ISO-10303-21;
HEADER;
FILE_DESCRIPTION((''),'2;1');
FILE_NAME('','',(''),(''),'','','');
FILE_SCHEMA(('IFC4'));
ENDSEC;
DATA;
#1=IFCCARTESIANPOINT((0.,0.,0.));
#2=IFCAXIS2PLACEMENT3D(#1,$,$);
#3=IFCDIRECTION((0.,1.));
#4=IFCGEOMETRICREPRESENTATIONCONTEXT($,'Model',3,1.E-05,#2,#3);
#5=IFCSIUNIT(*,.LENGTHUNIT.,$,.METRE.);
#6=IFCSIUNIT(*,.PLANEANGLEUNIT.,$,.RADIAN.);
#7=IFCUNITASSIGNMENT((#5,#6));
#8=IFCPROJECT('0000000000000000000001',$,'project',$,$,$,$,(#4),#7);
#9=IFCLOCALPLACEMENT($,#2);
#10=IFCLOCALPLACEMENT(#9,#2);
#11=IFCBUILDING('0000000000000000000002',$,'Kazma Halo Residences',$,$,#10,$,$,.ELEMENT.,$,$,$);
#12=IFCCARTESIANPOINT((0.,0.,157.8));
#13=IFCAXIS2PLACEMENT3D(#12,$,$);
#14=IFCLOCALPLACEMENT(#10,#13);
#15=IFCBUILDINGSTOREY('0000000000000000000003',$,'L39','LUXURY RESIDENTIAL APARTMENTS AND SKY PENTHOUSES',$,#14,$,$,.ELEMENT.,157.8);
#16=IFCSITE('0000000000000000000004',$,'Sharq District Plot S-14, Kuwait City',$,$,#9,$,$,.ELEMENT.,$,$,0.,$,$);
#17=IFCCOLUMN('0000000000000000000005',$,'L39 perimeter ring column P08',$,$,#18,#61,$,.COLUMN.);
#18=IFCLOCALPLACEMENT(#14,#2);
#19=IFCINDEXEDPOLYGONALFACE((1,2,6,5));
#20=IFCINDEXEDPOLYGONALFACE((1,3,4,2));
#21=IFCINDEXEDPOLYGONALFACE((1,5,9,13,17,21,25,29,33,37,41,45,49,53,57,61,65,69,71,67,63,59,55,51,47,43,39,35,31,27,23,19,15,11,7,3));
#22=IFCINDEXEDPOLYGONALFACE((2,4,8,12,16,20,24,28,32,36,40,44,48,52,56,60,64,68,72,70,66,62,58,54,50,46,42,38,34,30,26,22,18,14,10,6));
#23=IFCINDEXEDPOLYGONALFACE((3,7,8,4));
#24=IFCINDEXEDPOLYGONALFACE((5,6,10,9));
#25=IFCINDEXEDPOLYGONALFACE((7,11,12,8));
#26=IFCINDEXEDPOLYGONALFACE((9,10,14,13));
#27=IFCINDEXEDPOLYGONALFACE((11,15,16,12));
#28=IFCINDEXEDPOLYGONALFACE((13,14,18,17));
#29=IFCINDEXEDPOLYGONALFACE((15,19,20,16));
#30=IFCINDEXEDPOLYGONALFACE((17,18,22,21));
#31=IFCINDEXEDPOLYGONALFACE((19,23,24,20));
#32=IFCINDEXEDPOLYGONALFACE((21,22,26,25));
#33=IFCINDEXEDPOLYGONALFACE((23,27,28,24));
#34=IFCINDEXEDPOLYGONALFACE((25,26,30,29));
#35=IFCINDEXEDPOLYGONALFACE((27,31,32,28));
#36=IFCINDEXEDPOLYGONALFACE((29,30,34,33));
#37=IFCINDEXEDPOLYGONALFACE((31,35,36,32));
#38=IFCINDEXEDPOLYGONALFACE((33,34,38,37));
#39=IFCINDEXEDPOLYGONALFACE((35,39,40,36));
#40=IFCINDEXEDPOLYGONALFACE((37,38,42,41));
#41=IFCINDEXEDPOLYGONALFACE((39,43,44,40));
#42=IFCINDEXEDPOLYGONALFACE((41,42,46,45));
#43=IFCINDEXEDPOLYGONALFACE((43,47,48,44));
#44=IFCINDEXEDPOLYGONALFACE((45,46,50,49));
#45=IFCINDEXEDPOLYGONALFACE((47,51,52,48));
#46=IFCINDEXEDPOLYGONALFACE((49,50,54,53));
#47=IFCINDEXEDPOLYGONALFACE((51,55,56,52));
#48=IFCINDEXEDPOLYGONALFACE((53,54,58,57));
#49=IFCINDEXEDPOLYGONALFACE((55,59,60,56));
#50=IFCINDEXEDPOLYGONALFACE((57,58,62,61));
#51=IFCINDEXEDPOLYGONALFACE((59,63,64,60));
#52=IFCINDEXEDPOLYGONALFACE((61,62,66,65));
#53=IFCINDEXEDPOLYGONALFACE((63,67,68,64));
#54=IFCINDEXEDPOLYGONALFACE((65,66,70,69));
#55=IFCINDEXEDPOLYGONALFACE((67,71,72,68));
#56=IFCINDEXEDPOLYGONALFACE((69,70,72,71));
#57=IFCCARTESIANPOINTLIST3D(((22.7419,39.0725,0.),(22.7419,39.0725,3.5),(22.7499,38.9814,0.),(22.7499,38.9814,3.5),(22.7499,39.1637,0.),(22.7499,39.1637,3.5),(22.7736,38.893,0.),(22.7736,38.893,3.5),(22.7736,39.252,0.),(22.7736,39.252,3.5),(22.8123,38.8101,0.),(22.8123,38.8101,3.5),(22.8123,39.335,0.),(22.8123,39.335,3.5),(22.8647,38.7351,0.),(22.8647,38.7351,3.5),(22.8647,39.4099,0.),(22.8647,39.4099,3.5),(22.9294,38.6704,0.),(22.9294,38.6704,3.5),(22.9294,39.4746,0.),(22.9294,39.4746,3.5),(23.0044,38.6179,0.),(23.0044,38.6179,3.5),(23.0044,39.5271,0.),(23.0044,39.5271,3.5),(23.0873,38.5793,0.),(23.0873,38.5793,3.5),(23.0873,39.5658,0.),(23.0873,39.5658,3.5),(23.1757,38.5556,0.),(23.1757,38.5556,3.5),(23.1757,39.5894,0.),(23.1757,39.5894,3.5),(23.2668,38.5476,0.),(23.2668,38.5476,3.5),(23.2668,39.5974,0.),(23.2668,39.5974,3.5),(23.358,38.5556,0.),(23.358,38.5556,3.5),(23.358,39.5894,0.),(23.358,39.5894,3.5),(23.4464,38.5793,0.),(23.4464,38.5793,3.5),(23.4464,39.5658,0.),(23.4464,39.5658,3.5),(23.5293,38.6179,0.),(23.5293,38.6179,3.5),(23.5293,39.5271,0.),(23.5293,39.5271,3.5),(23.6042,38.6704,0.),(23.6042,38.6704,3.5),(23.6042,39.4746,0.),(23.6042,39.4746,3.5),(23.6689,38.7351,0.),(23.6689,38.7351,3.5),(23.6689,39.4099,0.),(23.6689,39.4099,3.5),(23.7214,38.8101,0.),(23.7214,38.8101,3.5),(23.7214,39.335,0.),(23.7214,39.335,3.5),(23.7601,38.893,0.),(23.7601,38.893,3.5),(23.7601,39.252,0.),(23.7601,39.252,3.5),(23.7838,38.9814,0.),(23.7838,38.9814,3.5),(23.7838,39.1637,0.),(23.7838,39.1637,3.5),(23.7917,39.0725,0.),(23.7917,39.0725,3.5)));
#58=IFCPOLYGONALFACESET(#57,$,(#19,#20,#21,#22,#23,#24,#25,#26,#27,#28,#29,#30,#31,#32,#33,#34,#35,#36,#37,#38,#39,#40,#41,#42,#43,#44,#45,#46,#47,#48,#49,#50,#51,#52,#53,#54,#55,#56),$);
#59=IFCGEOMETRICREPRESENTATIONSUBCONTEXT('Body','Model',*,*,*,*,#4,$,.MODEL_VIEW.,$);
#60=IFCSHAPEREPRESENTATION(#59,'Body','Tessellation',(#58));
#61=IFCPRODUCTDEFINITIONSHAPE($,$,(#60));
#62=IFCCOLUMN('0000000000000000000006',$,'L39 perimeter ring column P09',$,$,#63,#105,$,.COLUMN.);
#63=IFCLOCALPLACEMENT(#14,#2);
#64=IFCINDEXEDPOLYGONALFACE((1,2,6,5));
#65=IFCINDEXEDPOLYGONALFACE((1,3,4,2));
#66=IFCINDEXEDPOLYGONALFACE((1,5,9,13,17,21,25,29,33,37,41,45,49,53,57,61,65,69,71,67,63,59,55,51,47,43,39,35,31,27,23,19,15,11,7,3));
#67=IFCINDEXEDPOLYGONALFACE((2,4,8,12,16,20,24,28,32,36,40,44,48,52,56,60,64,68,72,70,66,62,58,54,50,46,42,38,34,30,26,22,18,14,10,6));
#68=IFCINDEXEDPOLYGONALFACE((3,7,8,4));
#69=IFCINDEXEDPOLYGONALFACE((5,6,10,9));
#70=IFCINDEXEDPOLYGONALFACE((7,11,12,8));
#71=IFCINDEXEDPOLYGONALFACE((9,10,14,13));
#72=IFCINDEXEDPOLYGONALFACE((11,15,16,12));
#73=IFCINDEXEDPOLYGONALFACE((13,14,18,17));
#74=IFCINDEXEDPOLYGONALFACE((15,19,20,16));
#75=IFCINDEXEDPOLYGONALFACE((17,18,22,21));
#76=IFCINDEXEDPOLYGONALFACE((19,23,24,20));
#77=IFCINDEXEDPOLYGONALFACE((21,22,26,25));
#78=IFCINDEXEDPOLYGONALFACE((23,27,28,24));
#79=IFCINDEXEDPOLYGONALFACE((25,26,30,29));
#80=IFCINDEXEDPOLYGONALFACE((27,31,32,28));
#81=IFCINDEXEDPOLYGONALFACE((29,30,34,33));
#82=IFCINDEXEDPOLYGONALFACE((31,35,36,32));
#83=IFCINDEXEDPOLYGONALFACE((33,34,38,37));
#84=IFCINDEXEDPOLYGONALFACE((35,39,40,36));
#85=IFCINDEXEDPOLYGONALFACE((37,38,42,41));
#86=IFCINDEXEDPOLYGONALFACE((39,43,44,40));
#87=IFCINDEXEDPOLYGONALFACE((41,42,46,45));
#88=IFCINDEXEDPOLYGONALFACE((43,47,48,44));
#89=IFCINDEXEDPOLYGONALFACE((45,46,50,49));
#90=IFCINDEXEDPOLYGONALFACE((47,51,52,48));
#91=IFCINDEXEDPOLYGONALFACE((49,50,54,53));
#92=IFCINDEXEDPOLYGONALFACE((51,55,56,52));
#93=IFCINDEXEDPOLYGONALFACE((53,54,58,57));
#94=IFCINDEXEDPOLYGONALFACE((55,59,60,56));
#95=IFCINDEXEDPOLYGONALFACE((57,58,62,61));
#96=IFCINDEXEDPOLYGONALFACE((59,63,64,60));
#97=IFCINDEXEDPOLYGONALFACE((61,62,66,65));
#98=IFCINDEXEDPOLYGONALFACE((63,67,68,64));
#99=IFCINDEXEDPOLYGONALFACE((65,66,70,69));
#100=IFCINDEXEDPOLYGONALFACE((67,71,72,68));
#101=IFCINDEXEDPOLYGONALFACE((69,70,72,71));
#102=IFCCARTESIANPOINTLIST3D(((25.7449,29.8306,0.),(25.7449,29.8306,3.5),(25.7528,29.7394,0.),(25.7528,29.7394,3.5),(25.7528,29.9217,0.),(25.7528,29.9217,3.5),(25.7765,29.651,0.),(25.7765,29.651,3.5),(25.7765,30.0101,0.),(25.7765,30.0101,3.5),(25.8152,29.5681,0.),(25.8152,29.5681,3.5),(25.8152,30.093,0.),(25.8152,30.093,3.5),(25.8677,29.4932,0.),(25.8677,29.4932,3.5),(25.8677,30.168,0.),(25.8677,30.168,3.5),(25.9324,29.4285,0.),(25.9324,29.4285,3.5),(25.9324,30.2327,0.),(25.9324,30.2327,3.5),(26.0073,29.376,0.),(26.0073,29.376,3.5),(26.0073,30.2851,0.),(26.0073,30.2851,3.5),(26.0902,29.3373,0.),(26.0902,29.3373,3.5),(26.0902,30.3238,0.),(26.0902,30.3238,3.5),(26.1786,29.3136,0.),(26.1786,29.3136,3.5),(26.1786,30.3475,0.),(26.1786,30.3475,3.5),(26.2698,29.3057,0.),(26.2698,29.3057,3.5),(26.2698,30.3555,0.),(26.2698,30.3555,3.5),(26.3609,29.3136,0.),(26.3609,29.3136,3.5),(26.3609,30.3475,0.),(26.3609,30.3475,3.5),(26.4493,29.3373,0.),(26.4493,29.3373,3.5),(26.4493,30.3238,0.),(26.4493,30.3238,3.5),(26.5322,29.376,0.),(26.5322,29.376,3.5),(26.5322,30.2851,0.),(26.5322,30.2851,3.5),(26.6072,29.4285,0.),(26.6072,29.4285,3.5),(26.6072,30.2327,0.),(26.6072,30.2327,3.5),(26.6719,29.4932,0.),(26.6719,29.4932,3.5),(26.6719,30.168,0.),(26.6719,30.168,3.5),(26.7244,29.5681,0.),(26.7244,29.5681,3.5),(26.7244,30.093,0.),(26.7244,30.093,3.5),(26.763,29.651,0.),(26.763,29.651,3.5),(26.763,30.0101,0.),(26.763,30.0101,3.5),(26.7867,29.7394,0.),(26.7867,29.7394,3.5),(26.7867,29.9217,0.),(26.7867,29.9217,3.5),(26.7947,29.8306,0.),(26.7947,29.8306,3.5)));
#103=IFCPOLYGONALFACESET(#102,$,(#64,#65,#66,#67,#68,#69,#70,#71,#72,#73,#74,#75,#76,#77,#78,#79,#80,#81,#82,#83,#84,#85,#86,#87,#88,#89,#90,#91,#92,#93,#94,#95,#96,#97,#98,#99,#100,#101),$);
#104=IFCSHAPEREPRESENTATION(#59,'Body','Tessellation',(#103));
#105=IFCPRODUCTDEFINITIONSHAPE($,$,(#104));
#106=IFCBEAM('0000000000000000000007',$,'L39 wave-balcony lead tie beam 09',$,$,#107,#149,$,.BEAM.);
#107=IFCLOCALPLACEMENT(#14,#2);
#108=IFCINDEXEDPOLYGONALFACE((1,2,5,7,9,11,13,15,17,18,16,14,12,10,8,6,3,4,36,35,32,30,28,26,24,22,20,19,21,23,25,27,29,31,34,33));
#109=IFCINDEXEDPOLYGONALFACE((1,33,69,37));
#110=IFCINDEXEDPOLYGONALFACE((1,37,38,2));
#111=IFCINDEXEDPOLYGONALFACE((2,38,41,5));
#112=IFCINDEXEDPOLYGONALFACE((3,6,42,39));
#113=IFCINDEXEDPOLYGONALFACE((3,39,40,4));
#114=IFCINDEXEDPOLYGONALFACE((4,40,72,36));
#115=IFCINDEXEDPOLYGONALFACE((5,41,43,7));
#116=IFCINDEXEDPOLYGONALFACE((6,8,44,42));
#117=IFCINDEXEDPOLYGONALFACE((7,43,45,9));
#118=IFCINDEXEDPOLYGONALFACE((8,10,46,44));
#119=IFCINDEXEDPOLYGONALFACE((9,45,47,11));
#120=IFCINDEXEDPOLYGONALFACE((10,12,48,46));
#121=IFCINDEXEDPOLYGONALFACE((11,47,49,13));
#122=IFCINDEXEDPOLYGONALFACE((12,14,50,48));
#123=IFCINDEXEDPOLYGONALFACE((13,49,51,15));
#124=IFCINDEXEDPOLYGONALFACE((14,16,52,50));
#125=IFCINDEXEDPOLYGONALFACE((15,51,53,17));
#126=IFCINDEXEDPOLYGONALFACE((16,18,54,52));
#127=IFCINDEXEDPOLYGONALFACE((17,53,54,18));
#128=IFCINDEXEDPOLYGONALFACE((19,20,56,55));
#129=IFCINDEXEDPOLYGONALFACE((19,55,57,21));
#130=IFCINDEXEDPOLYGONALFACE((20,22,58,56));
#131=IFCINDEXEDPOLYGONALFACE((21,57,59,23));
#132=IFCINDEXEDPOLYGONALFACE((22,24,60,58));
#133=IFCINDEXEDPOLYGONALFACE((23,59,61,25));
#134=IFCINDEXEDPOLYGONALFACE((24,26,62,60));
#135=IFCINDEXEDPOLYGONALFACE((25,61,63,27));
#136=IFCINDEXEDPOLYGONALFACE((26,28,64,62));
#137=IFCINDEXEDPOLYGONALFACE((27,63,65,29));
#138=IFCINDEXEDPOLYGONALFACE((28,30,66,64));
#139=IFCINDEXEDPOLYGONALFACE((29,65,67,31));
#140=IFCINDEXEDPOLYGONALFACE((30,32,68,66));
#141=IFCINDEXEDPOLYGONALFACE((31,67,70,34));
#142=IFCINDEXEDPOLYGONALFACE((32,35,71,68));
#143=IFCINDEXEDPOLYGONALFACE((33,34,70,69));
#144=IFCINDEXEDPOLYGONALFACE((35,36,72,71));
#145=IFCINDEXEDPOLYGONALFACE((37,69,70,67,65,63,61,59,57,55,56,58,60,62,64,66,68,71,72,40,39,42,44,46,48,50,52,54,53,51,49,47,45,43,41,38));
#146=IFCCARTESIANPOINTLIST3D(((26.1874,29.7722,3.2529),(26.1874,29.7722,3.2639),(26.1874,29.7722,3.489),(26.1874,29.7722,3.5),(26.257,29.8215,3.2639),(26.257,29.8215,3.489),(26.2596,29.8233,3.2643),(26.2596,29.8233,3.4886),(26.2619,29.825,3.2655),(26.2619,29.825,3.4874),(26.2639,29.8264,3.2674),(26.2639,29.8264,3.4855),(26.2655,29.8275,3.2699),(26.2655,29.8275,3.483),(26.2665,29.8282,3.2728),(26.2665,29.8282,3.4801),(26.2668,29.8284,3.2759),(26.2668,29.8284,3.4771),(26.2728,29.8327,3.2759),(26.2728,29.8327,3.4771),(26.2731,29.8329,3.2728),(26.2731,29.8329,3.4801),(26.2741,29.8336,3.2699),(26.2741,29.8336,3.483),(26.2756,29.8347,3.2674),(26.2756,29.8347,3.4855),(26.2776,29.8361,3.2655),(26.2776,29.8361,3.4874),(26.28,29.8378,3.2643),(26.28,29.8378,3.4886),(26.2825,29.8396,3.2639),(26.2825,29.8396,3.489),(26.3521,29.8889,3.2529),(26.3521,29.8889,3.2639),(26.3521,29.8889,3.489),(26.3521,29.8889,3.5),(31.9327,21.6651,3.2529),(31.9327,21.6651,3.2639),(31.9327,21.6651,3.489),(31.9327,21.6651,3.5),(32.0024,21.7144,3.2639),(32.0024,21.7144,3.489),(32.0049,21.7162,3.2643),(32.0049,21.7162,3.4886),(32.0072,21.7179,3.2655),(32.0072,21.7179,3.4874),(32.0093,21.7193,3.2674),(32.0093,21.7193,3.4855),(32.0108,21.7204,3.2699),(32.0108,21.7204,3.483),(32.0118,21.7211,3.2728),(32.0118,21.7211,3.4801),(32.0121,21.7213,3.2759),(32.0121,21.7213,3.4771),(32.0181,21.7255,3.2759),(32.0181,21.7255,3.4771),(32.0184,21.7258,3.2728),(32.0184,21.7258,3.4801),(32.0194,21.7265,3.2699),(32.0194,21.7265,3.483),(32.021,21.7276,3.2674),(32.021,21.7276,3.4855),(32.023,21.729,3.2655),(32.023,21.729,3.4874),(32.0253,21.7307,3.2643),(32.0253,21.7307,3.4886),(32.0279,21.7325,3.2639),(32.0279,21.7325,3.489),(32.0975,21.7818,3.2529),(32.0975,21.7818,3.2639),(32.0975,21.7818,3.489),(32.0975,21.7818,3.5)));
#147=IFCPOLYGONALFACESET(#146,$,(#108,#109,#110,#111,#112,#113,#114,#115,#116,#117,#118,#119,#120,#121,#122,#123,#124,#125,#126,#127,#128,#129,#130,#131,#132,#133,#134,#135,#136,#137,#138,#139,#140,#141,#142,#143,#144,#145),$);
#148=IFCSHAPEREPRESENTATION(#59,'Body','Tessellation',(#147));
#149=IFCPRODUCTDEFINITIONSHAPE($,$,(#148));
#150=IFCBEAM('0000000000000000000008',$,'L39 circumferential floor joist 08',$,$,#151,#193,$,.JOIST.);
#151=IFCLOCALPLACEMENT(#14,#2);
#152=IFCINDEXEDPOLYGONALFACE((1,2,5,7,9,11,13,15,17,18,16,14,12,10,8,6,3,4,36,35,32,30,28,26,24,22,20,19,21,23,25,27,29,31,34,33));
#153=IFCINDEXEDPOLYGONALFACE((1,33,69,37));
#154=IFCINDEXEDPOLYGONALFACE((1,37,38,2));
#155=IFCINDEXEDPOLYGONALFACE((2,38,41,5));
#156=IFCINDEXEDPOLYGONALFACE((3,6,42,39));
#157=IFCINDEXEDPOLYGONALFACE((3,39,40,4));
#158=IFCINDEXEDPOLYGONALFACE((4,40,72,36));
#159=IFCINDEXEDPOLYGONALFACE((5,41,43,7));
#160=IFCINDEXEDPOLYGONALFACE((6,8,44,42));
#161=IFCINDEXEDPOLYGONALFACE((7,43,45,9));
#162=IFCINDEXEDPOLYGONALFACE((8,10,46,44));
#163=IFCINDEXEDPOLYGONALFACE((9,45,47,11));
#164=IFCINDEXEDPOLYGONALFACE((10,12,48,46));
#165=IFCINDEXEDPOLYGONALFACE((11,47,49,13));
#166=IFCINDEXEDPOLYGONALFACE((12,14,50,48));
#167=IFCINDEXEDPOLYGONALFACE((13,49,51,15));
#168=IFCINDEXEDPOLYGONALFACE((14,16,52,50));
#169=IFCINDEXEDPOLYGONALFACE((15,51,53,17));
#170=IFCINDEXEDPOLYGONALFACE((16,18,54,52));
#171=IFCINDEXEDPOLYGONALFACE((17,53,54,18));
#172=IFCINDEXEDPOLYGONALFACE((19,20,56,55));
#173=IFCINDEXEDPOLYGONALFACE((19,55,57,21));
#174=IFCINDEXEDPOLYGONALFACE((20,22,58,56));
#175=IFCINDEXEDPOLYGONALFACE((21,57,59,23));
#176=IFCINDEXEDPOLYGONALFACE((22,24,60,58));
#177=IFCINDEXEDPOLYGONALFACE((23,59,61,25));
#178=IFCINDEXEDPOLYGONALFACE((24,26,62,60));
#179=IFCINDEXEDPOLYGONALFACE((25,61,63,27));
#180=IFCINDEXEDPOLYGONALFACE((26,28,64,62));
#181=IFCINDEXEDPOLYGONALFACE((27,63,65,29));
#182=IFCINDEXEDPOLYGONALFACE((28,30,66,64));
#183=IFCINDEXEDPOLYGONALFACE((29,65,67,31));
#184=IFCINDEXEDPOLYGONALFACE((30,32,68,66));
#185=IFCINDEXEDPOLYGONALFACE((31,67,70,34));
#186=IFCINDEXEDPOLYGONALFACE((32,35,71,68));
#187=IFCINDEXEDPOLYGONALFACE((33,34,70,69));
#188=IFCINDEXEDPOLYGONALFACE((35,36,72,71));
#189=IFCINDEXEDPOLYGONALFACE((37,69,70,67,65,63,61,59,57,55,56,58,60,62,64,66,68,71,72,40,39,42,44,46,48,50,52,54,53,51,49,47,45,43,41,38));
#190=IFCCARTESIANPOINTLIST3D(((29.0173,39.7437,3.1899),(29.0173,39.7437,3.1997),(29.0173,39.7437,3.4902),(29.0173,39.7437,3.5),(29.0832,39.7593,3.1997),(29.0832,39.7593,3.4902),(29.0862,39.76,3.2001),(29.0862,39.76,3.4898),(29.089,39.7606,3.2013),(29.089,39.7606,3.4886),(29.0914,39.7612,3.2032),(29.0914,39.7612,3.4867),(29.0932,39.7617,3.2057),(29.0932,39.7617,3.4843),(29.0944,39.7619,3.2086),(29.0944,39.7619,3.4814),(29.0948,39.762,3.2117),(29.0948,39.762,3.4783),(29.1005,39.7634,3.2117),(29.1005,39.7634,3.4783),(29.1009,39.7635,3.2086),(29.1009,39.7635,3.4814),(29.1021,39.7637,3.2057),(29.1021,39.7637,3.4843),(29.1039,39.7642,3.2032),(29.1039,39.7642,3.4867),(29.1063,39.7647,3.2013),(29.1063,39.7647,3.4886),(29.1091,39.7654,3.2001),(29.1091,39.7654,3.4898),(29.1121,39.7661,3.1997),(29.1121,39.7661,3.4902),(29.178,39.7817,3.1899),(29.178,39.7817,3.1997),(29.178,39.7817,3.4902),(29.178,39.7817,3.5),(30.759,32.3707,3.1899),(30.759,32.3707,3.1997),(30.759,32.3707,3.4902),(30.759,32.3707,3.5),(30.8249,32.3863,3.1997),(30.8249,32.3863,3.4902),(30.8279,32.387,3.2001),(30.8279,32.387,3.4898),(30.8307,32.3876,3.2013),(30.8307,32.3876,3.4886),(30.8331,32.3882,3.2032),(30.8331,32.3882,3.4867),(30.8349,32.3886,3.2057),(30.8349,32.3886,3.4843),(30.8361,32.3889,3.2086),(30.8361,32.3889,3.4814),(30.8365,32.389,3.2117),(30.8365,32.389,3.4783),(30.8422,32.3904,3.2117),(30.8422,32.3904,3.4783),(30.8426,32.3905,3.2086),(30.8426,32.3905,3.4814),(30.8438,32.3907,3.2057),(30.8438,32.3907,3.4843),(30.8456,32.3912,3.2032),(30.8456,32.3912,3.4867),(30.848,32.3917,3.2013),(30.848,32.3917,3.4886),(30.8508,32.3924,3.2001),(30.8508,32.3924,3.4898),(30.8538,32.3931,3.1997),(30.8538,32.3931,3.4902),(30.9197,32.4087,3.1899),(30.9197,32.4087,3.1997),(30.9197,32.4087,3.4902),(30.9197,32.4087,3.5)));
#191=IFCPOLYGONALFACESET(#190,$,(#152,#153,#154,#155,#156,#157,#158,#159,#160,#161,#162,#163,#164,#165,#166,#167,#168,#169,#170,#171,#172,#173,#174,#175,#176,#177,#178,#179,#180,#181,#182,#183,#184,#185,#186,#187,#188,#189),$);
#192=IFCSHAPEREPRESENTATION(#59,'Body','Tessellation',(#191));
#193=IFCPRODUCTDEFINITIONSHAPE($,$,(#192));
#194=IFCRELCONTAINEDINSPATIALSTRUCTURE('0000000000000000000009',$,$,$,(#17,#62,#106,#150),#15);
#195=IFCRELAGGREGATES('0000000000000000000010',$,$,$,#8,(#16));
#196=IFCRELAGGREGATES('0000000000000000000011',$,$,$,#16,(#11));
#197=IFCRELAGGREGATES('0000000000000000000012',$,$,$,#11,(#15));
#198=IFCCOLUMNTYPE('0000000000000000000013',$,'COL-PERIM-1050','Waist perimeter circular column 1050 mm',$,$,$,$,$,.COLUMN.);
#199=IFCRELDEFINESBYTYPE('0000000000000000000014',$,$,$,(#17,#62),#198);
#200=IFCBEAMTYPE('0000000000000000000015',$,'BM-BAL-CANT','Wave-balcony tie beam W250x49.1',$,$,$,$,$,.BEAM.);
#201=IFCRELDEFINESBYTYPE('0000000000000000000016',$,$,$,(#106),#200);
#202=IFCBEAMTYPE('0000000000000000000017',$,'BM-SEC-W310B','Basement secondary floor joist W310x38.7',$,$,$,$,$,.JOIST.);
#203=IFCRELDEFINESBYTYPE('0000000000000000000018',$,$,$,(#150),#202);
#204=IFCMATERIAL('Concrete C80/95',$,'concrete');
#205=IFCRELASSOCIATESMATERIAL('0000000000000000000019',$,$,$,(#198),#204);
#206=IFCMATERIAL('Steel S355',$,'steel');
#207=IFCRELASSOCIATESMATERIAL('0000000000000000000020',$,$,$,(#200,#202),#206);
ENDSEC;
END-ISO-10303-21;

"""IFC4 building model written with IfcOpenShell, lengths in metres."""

from ifc_helpers import new_model, si_unit, direction, frame, origin, origin_2d, place, context, subcontext, project, spatial, circle, i_section, extrude, material, material_profile, profile_set, type_object, element, save


model = new_model("IFC4")

# Units and contexts
model_context = context("Model", 3, precision=1e-05, world=origin(), true_north=direction((0.0, 1.0)))
body_context = subcontext(model_context, "Body", "Model", "MODEL_VIEW")
ifc_project = project(units=[si_unit("LENGTHUNIT", "METRE"), si_unit("PLANEANGLEUNIT", "RADIAN")], contexts=[model_context])

# Site, building, storey
site_placement = place(None, origin())
site = spatial("IfcSite", under=ifc_project, at=site_placement, Name="Sharq District Plot S-14, Kuwait City", CompositionType="ELEMENT", RefElevation=0.0)
building_placement = place(site_placement, origin())
building = spatial("IfcBuilding", under=site, at=building_placement, Name="Kazma Halo Residences", CompositionType="ELEMENT")
storey_placement = place(building_placement, frame((0.0, 0.0, 157.8)))
storey = spatial("IfcBuildingStorey", under=building, at=storey_placement, Name="L39", Description="LUXURY RESIDENTIAL APARTMENTS AND SKY PENTHOUSES", CompositionType="ELEMENT", Elevation=157.8)

# Columns
ifc_material_1 = material(Name="Concrete C80/95", Category="concrete")
ifc_material_profile_1 = material_profile(ifc_material_1, circle(Radius=0.5249, at=origin_2d()), Name="CIRC1050")
ifc_profile_set_1 = profile_set([ifc_material_profile_1], Name="Concrete C80/95")
column_type = type_object("IfcColumnType", Name="COL-PERIM-1050", Description="Waist perimeter circular column 1050 mm", PredefinedType="COLUMN", material=ifc_profile_set_1)
for number, where, z_axis, x_axis, name in (
    (1, (23.2668, 39.0725, 0.0), (0.0, 0.0, 1.0), (1.0, 0.0, 0.0), "L39 perimeter ring column P08"),
    (2, (26.2698, 29.8306, 0.0), (0.0, 0.0, 1.0), (1.0, 0.0, 0.0), "L39 perimeter ring column P09"),
):
    element("IfcColumn", number, at=place(storey_placement, frame(where, z_axis=z_axis, x_axis=x_axis)), inside=storey, type_object=column_type, Name=name, PredefinedType="COLUMN", context=body_context, shape_type="SweptSolid", body=[
        extrude(circle(Radius=0.5249, at=origin_2d()), origin(), (0.0, 0.0, 1.0), 3.5),
    ])

# Beams
ifc_material_2 = material(Name="Steel S355", Category="steel")
ifc_material_profile_2 = material_profile(ifc_material_2, i_section(OverallWidth=0.2019, OverallDepth=0.2471, WebThickness=0.0073, FlangeThickness=0.011, FilletRadius=0.012, at=origin_2d()), Name="W250x49.1")
ifc_profile_set_2 = profile_set([ifc_material_profile_2], Name="Steel S355")
beam_type_1 = type_object("IfcBeamType", Name="BM-BAL-CANT", Description="Wave-balcony tie beam W250x49.1", PredefinedType="BEAM", material=ifc_profile_set_2)
beam_1_placement = place(storey_placement, frame((26.2698, 29.8306, 3.3765), z_axis=(0.578203, -0.815893, 0.0), x_axis=(0.815893, 0.578203, 0.0)))
element("IfcBeam", 3, at=beam_1_placement, inside=storey, type_object=beam_type_1, Name="L39 wave-balcony lead tie beam 09", PredefinedType="BEAM", context=body_context, shape_type="SweptSolid", body=[
    extrude(i_section(OverallWidth=0.2019, OverallDepth=0.2471, WebThickness=0.0073, FlangeThickness=0.011, FilletRadius=0.012, at=origin_2d()), origin(), (0.0, 0.0, 1.0), 9.9365),
])
ifc_material_profile_3 = material_profile(ifc_material_2, i_section(OverallWidth=0.165, OverallDepth=0.3101, WebThickness=0.0059, FlangeThickness=0.0098, FilletRadius=0.012, at=origin_2d()), Name="W310x38.7")
ifc_profile_set_3 = profile_set([ifc_material_profile_3], Name="Steel S355")
beam_type_2 = type_object("IfcBeamType", Name="BM-SEC-W310B", Description="Basement secondary floor joist W310x38.7", PredefinedType="JOIST", material=ifc_profile_set_3)
beam_2_placement = place(storey_placement, frame((29.0977, 39.7627, 3.345), z_axis=(0.229898, -0.973215, 0.0), x_axis=(0.973215, 0.229898, 0.0)))
element("IfcBeam", 4, at=beam_2_placement, inside=storey, type_object=beam_type_2, Name="L39 circumferential floor joist 08", PredefinedType="JOIST", context=body_context, shape_type="SweptSolid", body=[
    extrude(i_section(OverallWidth=0.165, OverallDepth=0.3101, WebThickness=0.0059, FlangeThickness=0.0098, FilletRadius=0.012, at=origin_2d()), origin(), (0.0, 0.0, 1.0), 7.5759),
])

save(model, "model.ifc")
